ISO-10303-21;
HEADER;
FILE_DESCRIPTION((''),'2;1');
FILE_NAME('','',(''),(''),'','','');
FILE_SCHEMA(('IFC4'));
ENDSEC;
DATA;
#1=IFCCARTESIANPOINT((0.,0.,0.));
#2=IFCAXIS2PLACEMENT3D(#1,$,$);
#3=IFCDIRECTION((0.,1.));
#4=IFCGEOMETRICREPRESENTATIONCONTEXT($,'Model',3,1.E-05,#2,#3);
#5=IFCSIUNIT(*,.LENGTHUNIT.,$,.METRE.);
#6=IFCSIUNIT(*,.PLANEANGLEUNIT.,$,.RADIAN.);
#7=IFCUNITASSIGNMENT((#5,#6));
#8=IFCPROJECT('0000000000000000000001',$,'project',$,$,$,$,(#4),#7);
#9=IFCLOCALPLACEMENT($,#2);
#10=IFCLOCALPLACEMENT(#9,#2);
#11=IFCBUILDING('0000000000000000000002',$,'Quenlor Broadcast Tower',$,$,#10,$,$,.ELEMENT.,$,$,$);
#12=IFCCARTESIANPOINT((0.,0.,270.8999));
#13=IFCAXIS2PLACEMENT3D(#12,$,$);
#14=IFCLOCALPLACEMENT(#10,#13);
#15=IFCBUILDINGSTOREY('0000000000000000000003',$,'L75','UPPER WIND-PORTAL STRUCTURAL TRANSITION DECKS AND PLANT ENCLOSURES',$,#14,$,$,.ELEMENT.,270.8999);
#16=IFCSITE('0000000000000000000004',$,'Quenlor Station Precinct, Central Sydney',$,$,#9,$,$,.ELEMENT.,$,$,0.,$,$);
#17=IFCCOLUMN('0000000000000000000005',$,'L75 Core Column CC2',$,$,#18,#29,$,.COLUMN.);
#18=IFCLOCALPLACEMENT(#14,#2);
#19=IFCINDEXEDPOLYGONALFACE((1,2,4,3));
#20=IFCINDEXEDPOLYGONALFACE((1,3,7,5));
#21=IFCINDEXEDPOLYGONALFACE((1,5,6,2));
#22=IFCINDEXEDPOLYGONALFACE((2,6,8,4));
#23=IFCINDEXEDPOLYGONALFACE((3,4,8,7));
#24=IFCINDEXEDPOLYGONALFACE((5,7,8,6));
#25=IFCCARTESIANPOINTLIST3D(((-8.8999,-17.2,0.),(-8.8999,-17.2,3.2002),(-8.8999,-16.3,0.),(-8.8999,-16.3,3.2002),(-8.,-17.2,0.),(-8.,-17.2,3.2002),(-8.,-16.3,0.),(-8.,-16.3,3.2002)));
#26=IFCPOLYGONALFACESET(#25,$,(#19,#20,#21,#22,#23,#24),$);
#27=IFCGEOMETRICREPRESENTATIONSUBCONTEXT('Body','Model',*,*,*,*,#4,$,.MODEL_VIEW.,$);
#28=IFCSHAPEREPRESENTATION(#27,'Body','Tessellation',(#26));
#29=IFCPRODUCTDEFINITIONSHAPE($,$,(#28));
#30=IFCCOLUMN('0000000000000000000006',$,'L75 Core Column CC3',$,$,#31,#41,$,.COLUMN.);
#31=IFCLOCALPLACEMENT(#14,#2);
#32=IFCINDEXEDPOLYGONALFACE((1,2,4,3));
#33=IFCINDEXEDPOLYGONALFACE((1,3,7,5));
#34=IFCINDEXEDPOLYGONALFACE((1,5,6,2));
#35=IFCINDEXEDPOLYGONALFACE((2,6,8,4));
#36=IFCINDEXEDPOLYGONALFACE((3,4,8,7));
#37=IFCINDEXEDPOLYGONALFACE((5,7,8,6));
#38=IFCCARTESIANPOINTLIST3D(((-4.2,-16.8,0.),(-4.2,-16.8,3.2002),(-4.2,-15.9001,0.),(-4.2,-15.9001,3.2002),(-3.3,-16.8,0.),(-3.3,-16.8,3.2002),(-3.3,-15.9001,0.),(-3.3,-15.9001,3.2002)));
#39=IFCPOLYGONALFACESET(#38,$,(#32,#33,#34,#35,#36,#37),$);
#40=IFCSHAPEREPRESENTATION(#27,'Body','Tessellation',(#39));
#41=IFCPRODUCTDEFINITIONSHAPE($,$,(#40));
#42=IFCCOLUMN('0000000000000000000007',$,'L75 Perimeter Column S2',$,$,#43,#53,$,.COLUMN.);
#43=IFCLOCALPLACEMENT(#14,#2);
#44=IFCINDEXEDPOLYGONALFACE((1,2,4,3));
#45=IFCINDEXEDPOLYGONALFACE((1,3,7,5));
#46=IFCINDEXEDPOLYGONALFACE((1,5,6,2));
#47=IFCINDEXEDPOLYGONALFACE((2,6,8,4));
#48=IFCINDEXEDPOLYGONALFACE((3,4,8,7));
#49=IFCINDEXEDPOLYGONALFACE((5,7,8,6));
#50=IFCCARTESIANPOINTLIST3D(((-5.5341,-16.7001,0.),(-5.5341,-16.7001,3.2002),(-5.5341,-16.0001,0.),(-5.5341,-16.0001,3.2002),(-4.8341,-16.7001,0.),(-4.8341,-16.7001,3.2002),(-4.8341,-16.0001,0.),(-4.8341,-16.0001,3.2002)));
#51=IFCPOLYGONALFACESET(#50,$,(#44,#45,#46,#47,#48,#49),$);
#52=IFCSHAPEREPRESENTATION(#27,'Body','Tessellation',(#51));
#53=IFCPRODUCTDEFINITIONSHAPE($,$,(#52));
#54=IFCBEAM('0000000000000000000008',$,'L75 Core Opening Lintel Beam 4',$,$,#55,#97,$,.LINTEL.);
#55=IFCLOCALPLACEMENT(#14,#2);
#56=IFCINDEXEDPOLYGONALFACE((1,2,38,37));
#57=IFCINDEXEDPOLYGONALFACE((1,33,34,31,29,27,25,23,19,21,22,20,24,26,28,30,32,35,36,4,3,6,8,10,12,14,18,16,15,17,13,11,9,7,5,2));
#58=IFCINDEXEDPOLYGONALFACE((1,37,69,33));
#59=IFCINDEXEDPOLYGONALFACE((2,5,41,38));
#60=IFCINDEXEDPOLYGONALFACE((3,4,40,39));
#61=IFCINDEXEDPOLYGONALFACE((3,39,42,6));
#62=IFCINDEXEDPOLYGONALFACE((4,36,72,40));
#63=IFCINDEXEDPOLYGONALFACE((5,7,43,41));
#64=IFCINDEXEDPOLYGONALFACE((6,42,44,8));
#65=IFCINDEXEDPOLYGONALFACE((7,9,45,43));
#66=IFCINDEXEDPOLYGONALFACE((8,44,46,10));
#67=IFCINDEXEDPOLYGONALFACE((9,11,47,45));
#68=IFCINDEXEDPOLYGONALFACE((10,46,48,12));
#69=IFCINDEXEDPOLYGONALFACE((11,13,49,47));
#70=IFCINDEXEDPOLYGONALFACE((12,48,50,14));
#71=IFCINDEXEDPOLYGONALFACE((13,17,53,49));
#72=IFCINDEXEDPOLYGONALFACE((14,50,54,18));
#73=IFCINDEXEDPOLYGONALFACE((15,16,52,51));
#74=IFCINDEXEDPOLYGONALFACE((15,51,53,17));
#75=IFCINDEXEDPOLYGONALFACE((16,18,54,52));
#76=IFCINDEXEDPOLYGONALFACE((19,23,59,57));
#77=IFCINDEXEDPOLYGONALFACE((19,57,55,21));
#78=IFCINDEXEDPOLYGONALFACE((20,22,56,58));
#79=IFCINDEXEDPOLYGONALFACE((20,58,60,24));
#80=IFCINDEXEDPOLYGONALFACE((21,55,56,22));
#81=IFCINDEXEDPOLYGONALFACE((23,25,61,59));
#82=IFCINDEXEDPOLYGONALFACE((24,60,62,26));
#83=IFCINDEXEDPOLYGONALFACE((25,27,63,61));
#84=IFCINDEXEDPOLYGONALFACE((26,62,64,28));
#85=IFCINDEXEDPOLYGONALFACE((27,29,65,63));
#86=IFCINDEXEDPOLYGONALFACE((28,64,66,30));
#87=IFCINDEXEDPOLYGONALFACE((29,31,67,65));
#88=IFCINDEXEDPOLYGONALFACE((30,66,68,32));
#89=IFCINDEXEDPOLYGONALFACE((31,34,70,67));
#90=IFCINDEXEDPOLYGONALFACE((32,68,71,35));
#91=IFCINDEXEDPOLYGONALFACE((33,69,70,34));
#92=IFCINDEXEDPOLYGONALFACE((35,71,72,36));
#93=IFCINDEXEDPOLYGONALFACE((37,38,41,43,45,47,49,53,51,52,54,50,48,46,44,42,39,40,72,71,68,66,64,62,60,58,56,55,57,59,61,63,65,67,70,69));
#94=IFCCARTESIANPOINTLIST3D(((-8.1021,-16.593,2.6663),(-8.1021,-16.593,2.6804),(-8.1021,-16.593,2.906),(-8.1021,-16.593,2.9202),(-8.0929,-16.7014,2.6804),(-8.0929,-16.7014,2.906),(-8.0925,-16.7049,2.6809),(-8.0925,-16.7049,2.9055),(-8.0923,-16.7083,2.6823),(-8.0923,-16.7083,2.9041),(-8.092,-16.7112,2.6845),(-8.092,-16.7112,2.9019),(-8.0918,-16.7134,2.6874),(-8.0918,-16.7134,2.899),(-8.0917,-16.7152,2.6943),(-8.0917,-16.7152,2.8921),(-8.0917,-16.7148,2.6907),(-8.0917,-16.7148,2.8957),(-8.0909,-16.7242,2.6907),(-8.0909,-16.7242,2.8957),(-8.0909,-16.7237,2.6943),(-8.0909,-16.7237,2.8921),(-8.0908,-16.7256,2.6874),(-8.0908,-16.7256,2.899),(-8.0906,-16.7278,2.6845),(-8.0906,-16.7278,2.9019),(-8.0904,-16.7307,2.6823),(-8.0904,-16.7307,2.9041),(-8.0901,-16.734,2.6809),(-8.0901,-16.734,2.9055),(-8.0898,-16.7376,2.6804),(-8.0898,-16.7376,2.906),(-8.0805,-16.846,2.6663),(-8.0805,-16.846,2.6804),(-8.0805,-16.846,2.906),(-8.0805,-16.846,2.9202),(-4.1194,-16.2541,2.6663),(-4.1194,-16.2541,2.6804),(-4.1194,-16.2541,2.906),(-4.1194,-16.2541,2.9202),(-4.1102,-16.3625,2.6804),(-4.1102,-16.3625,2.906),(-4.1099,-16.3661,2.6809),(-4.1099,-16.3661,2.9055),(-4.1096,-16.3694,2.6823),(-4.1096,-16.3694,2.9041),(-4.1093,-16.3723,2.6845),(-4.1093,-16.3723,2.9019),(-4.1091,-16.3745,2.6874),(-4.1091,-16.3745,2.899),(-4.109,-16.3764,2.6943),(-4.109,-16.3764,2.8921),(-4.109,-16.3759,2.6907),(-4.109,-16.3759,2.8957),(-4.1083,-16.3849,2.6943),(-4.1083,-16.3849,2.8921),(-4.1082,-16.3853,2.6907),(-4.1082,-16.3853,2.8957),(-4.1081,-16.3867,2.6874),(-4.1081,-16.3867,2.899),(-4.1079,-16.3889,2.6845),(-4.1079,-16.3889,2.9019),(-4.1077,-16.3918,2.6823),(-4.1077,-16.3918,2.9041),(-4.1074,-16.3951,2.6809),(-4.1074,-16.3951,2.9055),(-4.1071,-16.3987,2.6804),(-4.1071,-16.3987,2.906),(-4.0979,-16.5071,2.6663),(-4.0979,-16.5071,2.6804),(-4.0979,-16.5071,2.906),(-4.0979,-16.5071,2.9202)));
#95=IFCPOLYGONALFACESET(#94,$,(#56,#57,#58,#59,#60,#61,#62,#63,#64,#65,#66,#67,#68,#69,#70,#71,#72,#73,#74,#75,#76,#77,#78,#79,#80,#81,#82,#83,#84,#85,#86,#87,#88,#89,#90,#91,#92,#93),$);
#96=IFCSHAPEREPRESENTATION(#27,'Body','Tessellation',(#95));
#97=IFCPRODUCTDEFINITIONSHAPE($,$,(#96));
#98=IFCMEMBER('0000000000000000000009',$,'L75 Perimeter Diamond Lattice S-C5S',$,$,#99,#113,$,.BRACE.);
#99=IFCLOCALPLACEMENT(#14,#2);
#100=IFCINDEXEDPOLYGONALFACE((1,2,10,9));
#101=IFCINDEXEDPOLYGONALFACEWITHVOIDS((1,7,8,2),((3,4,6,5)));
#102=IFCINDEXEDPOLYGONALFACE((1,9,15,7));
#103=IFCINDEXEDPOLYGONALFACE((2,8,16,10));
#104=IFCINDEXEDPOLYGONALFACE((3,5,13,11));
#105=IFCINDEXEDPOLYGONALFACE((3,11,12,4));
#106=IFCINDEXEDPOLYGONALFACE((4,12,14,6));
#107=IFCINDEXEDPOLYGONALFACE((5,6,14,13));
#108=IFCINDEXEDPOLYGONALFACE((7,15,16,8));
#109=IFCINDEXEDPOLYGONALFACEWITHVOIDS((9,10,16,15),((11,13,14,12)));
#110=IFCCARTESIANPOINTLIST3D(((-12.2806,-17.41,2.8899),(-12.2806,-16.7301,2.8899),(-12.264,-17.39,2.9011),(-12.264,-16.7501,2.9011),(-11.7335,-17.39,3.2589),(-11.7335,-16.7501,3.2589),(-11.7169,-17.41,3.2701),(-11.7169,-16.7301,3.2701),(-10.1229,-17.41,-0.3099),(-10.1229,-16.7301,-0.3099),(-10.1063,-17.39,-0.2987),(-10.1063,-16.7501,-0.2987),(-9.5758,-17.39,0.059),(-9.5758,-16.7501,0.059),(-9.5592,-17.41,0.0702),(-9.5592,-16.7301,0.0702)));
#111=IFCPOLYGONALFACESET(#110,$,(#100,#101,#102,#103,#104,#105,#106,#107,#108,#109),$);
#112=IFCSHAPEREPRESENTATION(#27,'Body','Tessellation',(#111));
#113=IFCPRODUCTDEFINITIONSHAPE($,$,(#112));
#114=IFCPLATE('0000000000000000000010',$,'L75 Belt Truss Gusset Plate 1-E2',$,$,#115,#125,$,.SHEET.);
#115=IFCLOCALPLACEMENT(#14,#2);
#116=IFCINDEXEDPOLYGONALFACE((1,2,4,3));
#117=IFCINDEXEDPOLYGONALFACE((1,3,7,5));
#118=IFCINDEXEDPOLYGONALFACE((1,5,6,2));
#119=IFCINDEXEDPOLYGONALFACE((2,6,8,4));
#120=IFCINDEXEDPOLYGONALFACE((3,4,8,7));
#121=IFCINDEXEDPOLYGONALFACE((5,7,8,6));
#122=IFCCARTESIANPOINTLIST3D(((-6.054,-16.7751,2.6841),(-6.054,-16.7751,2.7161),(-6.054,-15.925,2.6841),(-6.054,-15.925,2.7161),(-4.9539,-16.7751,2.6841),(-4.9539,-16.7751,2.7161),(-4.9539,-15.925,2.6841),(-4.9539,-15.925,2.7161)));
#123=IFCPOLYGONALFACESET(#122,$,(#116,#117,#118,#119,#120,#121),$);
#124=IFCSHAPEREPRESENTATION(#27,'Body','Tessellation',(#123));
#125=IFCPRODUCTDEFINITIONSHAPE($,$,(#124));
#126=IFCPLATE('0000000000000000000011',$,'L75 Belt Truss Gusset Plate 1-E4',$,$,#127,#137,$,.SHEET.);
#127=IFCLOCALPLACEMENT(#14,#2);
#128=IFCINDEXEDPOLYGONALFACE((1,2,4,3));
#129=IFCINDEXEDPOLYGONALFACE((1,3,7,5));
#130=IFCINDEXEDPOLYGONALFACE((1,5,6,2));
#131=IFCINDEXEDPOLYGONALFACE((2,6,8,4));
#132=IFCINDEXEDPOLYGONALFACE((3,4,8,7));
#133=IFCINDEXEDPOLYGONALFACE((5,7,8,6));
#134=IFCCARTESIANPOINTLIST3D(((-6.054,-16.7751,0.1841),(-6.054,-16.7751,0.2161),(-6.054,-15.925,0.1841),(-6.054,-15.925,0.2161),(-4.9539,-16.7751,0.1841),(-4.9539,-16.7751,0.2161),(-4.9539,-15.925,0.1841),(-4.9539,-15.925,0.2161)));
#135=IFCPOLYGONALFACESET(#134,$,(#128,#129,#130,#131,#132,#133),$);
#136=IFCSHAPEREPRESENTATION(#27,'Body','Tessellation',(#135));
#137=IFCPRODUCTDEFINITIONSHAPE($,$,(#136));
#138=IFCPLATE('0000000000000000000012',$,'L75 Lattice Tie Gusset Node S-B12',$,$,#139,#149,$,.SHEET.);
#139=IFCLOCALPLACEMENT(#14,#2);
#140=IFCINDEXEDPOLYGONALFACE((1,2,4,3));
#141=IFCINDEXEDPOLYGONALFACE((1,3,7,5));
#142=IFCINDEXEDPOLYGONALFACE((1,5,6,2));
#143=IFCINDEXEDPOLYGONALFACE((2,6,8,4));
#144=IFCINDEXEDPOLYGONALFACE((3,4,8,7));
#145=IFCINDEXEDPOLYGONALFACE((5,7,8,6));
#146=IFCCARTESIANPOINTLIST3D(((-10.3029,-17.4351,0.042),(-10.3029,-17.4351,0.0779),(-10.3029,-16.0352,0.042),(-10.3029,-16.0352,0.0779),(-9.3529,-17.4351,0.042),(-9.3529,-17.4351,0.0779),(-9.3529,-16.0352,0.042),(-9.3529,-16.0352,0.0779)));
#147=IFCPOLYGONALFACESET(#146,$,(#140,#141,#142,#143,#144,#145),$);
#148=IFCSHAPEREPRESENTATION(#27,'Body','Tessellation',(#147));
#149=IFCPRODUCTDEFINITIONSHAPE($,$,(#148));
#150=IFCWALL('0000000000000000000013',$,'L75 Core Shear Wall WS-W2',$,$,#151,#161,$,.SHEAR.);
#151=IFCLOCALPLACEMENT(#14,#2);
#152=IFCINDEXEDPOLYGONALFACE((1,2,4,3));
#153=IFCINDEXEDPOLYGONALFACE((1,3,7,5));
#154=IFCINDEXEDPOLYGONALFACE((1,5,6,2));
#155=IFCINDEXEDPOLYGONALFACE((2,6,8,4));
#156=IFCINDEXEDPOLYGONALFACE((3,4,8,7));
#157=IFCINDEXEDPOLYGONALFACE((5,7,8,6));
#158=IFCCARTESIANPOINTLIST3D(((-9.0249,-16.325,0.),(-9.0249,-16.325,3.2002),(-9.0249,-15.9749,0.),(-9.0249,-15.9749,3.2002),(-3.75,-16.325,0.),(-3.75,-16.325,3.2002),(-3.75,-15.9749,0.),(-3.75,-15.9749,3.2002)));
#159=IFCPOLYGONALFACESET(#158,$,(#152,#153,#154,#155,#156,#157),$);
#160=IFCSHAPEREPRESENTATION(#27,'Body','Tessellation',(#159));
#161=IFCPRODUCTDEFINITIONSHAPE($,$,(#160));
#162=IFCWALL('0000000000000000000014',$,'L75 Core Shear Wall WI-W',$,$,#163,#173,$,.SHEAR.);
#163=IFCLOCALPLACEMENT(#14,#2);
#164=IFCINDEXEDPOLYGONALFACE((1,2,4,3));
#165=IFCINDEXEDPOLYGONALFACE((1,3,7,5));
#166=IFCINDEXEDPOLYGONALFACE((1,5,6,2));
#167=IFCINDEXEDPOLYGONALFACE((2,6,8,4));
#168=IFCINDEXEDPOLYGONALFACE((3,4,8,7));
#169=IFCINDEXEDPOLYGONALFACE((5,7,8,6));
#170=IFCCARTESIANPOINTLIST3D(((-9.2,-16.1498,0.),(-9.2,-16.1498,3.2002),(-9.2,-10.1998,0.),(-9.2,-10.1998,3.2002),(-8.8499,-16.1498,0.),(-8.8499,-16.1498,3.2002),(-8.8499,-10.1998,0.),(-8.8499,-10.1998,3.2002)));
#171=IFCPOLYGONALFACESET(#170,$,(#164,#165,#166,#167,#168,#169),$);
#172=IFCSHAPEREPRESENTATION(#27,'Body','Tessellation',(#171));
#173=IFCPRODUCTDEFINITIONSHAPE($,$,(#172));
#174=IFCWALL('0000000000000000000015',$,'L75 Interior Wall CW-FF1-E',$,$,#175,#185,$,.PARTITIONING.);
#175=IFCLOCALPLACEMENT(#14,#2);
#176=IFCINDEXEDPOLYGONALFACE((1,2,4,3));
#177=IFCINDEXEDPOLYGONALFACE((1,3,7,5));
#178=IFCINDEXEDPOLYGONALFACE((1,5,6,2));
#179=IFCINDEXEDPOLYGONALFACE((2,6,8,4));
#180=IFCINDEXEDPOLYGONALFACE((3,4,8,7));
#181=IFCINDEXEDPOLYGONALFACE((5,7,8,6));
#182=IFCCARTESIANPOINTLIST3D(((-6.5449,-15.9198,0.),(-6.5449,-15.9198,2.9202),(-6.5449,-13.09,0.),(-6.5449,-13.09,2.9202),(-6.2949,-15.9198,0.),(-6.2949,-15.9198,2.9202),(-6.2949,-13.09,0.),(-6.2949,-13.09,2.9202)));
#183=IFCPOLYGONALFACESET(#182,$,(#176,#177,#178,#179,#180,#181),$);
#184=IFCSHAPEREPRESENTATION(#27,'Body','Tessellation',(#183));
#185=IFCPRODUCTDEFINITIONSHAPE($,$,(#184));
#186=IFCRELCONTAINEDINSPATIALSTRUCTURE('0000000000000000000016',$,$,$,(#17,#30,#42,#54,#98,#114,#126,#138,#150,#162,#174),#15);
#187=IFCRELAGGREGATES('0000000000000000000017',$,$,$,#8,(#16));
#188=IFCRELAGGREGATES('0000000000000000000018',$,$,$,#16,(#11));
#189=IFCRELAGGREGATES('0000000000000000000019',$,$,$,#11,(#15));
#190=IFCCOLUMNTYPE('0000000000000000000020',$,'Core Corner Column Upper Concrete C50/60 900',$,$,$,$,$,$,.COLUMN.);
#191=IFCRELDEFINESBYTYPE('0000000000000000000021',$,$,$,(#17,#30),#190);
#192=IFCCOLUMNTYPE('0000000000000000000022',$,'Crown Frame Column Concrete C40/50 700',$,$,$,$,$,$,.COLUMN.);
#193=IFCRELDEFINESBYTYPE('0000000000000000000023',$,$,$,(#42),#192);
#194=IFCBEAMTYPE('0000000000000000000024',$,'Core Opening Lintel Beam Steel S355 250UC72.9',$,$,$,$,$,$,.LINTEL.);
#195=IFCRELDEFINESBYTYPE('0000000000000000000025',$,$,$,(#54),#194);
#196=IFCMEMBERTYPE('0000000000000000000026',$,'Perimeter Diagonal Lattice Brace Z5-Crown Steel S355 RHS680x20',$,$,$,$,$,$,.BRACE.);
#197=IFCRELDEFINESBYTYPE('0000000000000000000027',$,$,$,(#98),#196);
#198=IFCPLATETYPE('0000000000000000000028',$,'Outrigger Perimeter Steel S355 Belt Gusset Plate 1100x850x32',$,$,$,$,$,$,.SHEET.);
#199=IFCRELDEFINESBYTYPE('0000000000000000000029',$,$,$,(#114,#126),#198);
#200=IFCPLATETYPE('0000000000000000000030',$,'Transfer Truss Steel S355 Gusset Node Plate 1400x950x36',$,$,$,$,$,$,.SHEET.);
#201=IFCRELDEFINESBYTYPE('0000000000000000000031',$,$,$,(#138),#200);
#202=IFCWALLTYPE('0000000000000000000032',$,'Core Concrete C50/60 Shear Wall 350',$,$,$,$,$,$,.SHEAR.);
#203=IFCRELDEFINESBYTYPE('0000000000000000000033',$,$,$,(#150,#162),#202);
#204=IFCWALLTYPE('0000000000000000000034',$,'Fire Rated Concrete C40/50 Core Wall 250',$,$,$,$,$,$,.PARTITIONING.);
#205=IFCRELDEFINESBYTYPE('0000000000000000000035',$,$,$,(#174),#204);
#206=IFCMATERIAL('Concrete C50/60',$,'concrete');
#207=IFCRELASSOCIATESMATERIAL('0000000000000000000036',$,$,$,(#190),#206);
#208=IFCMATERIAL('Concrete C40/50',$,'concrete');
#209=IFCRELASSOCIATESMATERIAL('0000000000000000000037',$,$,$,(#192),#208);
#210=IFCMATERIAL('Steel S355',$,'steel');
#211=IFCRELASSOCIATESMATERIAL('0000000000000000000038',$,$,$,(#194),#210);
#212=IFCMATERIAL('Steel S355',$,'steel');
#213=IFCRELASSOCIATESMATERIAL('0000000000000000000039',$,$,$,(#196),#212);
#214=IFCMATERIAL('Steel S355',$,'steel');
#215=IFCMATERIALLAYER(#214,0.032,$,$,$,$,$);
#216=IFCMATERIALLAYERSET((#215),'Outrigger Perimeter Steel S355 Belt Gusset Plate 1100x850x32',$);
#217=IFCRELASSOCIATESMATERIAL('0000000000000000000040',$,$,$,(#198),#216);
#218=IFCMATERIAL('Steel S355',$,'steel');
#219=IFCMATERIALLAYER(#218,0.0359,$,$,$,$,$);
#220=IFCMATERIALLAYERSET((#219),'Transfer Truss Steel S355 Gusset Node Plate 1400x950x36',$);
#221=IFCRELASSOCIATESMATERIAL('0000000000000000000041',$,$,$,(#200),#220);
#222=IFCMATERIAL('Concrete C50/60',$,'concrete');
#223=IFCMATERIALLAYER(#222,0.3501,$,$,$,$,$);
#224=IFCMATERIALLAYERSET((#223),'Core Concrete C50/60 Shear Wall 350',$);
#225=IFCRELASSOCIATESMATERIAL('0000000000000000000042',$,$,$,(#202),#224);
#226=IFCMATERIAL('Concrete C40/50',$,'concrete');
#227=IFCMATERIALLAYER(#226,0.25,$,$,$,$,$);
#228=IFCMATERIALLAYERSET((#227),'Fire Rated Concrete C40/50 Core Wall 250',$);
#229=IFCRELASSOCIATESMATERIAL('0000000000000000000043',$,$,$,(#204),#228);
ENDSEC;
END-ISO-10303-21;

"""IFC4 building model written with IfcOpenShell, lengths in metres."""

from ifc_helpers import new_model, si_unit, direction, frame, frame_2d, origin, origin_2d, place, context, subcontext, project, spatial, rectangle, hollow_rectangle, i_section, extrude, material, layer, layer_set, material_profile, profile_set, type_object, element, save


model = new_model("IFC4")

# Units and contexts
model_context = context("Model", 3, precision=1e-05, world=origin(), true_north=direction((0.0, 1.0)))
body_context = subcontext(model_context, "Body", "Model", "MODEL_VIEW")
ifc_project = project(units=[si_unit("LENGTHUNIT", "METRE"), si_unit("PLANEANGLEUNIT", "RADIAN")], contexts=[model_context])

# Site, building, storey
site_placement = place(None, origin())
site = spatial("IfcSite", under=ifc_project, at=site_placement, Name="Quenlor Station Precinct, Central Sydney", CompositionType="ELEMENT", RefElevation=0.0)
building_placement = place(site_placement, origin())
building = spatial("IfcBuilding", under=site, at=building_placement, Name="Quenlor Broadcast Tower", CompositionType="ELEMENT")
storey_placement = place(building_placement, frame((0.0, 0.0, 270.8999)))
storey = spatial("IfcBuildingStorey", under=building, at=storey_placement, Name="L75", Description="UPPER WIND-PORTAL STRUCTURAL TRANSITION DECKS AND PLANT ENCLOSURES", CompositionType="ELEMENT", Elevation=270.8999)

# Columns
ifc_material_1 = material(Name="Concrete C50/60", Category="concrete")
ifc_material_profile_1 = material_profile(ifc_material_1, rectangle(XDim=0.8999, YDim=0.8999, at=origin_2d()))
ifc_profile_set_1 = profile_set([ifc_material_profile_1], Name="Concrete C50/60 RC900x900")
column_type_1 = type_object("IfcColumnType", Name="Core Corner Column Upper Concrete C50/60 900", PredefinedType="COLUMN", material=ifc_profile_set_1)
for number, where, z_axis, x_axis, name in (
    (1, (-8.45, -16.75, 0.0), (0.0, 0.0, 1.0), (1.0, 0.0, 0.0), "L75 Core Column CC2"),
    (2, (-3.75, -16.3501, 0.0), (0.0, 0.0, 1.0), (1.0, 0.0, 0.0), "L75 Core Column CC3"),
):
    element("IfcColumn", number, at=place(storey_placement, frame(where, z_axis=z_axis, x_axis=x_axis)), inside=storey, type_object=column_type_1, Name=name, PredefinedType="COLUMN", context=body_context, shape_type="SweptSolid", body=[
        extrude(rectangle(XDim=0.8999, YDim=0.8999, at=origin_2d()), origin(), (0.0, 0.0, 1.0), 3.2002),
    ])
ifc_material_2 = material(Name="Concrete C40/50", Category="concrete")
ifc_material_profile_2 = material_profile(ifc_material_2, rectangle(XDim=0.7, YDim=0.7, at=origin_2d()))
ifc_profile_set_2 = profile_set([ifc_material_profile_2], Name="Concrete C40/50 RC700x700")
column_type_2 = type_object("IfcColumnType", Name="Crown Frame Column Concrete C40/50 700", PredefinedType="COLUMN", material=ifc_profile_set_2)
column_placement = place(storey_placement, frame((-5.1841, -16.3501, 0.0), z_axis=(0.0, 0.0, 1.0), x_axis=(0.0, 1.0, 0.0)))
element("IfcColumn", 3, at=column_placement, inside=storey, type_object=column_type_2, Name="L75 Perimeter Column S2", PredefinedType="COLUMN", context=body_context, shape_type="SweptSolid", body=[
    extrude(rectangle(XDim=0.7, YDim=0.7, at=origin_2d()), origin(), (0.0, 0.0, 1.0), 3.2002),
])

# Beam
ifc_material_3 = material(Name="Steel S355", Category="steel")
ifc_material_profile_3 = material_profile(ifc_material_3, i_section(OverallWidth=0.2539, OverallDepth=0.2539, WebThickness=0.0085, FlangeThickness=0.0142, FilletRadius=0.0139, at=origin_2d()))
ifc_profile_set_3 = profile_set([ifc_material_profile_3], Name="Steel S355 250UC72.9")
beam_type = type_object("IfcBeamType", Name="Core Opening Lintel Beam Steel S355 250UC72.9", PredefinedType="LINTEL", material=ifc_profile_set_3)
beam_placement = place(storey_placement, frame((-8.0913, -16.7195, 2.7932), z_axis=(0.9964, 0.084779, 0.0), x_axis=(-0.084779, 0.9964, 0.0)))
element("IfcBeam", 4, at=beam_placement, inside=storey, type_object=beam_type, Name="L75 Core Opening Lintel Beam 4", PredefinedType="LINTEL", context=body_context, shape_type="SweptSolid", body=[
    extrude(i_section(OverallWidth=0.2539, OverallDepth=0.2539, WebThickness=0.0085, FlangeThickness=0.0142, FilletRadius=0.0139, at=origin_2d()), origin(), (0.0, 0.0, 1.0), 3.9971),
])

# Member
ifc_material_4 = material(Name="Steel S355", Category="steel")
ifc_material_profile_4 = material_profile(ifc_material_4, hollow_rectangle(XDim=0.6799, YDim=0.6799, WallThickness=0.02, at=origin_2d()))
ifc_profile_set_4 = profile_set([ifc_material_profile_4], Name="Steel S355 RHS680x680x20")
member_type = type_object("IfcMemberType", Name="Perimeter Diagonal Lattice Brace Z5-Crown Steel S355 RHS680x20", PredefinedType="BRACE", material=ifc_profile_set_4)
member_placement = place(storey_placement, frame((-9.8411, -17.0701, -0.1199), z_axis=(-0.559072, 0.0, 0.829119), x_axis=(0.0, -1.0, 0.0)))
element("IfcMember", 5, at=member_placement, inside=storey, type_object=member_type, Name="L75 Perimeter Diamond Lattice S-C5S", PredefinedType="BRACE", context=body_context, shape_type="SweptSolid", body=[
    extrude(hollow_rectangle(XDim=0.6799, YDim=0.6799, WallThickness=0.02, at=origin_2d()), origin(), (0.0, 0.0, 1.0), 3.8594),
])

# Plates
ifc_material_5 = material(Name="Steel S355", Category="steel")
ifc_layer_1 = layer(ifc_material_5, 0.032)
ifc_layer_set_1 = layer_set([ifc_layer_1], Name="Outrigger Perimeter Steel S355 Belt Gusset Plate 1100x850x32")
plate_type_1 = type_object("IfcPlateType", Name="Outrigger Perimeter Steel S355 Belt Gusset Plate 1100x850x32", PredefinedType="SHEET", material=ifc_layer_set_1)
for number, where, z_axis, x_axis, name in (
    (6, (-5.5039, -16.3501, 2.6841), (0.0, 0.0, 1.0), (1.0, 0.0, 0.0), "L75 Belt Truss Gusset Plate 1-E2"),
    (7, (-5.5039, -16.3501, 0.1841), (0.0, 0.0, 1.0), (1.0, 0.0, 0.0), "L75 Belt Truss Gusset Plate 1-E4"),
):
    element("IfcPlate", number, at=place(storey_placement, frame(where, z_axis=z_axis, x_axis=x_axis)), inside=storey, type_object=plate_type_1, Name=name, PredefinedType="SHEET", context=body_context, shape_type="SweptSolid", body=[
        extrude(rectangle(XDim=1.1001, YDim=0.8501, at=origin_2d()), origin(), (0.0, 0.0, 1.0), 0.032),
    ])
ifc_material_6 = material(Name="Steel S355", Category="steel")
ifc_layer_2 = layer(ifc_material_6, 0.0359)
ifc_layer_set_2 = layer_set([ifc_layer_2], Name="Transfer Truss Steel S355 Gusset Node Plate 1400x950x36")
plate_type_2 = type_object("IfcPlateType", Name="Transfer Truss Steel S355 Gusset Node Plate 1400x950x36", PredefinedType="SHEET", material=ifc_layer_set_2)
plate_placement = place(storey_placement, frame((-9.8279, -16.7351, 0.042), z_axis=(0.0, 0.0, 1.0), x_axis=(0.0, -1.0, 0.0)))
element("IfcPlate", 8, at=plate_placement, inside=storey, type_object=plate_type_2, Name="L75 Lattice Tie Gusset Node S-B12", PredefinedType="SHEET", context=body_context, shape_type="SweptSolid", body=[
    extrude(rectangle(XDim=1.3999, YDim=0.95, at=origin_2d()), origin(), (0.0, 0.0, 1.0), 0.0359),
])

# Walls
ifc_material_7 = material(Name="Concrete C50/60", Category="concrete")
ifc_layer_3 = layer(ifc_material_7, 0.3501)
ifc_layer_set_3 = layer_set([ifc_layer_3], Name="Core Concrete C50/60 Shear Wall 350")
wall_type_1 = type_object("IfcWallType", Name="Core Concrete C50/60 Shear Wall 350", PredefinedType="SHEAR", material=ifc_layer_set_3)
wall_1_placement = place(storey_placement, frame((-9.0249, -16.1499, 0.0), z_axis=(0.0, 0.0, 1.0), x_axis=(1.0, 0.0, 0.0)))
element("IfcWall", 9, at=wall_1_placement, inside=storey, type_object=wall_type_1, Name="L75 Core Shear Wall WS-W2", PredefinedType="SHEAR", context=body_context, shape_type="SweptSolid", body=[
    extrude(rectangle(XDim=5.2749, YDim=0.3501, at=frame_2d((2.6375, 0.0))), origin(), (0.0, 0.0, 1.0), 3.2002),
])
wall_2_placement = place(storey_placement, frame((-9.0249, -16.1499, 0.0), z_axis=(0.0, 0.0, 1.0), x_axis=(0.0, 1.0, 0.0)))
element("IfcWall", 10, at=wall_2_placement, inside=storey, type_object=wall_type_1, Name="L75 Core Shear Wall WI-W", PredefinedType="SHEAR", context=body_context, shape_type="SweptSolid", body=[
    extrude(rectangle(XDim=5.95, YDim=0.3501, at=frame_2d((2.9751, 0.0))), origin(), (0.0, 0.0, 1.0), 3.2002),
])

# Shared definitions
ifc_material_8 = material(Name="Concrete C40/50", Category="concrete")
ifc_layer_4 = layer(ifc_material_8, 0.25)
ifc_layer_set_4 = layer_set([ifc_layer_4], Name="Fire Rated Concrete C40/50 Core Wall 250")
wall_type_2 = type_object("IfcWallType", Name="Fire Rated Concrete C40/50 Core Wall 250", PredefinedType="PARTITIONING", material=ifc_layer_set_4)

# Wall
wall_3_placement = place(storey_placement, frame((-6.4199, -15.9199, 0.0), z_axis=(0.0, 0.0, 1.0), x_axis=(0.0, 1.0, 0.0)))
element("IfcWall", 11, at=wall_3_placement, inside=storey, type_object=wall_type_2, Name="L75 Interior Wall CW-FF1-E", PredefinedType="PARTITIONING", context=body_context, shape_type="SweptSolid", body=[
    extrude(rectangle(XDim=2.8298, YDim=0.25, at=frame_2d((1.415, 0.0))), origin(), (0.0, 0.0, 1.0), 2.9202),
])

save(model, "model.ifc")
